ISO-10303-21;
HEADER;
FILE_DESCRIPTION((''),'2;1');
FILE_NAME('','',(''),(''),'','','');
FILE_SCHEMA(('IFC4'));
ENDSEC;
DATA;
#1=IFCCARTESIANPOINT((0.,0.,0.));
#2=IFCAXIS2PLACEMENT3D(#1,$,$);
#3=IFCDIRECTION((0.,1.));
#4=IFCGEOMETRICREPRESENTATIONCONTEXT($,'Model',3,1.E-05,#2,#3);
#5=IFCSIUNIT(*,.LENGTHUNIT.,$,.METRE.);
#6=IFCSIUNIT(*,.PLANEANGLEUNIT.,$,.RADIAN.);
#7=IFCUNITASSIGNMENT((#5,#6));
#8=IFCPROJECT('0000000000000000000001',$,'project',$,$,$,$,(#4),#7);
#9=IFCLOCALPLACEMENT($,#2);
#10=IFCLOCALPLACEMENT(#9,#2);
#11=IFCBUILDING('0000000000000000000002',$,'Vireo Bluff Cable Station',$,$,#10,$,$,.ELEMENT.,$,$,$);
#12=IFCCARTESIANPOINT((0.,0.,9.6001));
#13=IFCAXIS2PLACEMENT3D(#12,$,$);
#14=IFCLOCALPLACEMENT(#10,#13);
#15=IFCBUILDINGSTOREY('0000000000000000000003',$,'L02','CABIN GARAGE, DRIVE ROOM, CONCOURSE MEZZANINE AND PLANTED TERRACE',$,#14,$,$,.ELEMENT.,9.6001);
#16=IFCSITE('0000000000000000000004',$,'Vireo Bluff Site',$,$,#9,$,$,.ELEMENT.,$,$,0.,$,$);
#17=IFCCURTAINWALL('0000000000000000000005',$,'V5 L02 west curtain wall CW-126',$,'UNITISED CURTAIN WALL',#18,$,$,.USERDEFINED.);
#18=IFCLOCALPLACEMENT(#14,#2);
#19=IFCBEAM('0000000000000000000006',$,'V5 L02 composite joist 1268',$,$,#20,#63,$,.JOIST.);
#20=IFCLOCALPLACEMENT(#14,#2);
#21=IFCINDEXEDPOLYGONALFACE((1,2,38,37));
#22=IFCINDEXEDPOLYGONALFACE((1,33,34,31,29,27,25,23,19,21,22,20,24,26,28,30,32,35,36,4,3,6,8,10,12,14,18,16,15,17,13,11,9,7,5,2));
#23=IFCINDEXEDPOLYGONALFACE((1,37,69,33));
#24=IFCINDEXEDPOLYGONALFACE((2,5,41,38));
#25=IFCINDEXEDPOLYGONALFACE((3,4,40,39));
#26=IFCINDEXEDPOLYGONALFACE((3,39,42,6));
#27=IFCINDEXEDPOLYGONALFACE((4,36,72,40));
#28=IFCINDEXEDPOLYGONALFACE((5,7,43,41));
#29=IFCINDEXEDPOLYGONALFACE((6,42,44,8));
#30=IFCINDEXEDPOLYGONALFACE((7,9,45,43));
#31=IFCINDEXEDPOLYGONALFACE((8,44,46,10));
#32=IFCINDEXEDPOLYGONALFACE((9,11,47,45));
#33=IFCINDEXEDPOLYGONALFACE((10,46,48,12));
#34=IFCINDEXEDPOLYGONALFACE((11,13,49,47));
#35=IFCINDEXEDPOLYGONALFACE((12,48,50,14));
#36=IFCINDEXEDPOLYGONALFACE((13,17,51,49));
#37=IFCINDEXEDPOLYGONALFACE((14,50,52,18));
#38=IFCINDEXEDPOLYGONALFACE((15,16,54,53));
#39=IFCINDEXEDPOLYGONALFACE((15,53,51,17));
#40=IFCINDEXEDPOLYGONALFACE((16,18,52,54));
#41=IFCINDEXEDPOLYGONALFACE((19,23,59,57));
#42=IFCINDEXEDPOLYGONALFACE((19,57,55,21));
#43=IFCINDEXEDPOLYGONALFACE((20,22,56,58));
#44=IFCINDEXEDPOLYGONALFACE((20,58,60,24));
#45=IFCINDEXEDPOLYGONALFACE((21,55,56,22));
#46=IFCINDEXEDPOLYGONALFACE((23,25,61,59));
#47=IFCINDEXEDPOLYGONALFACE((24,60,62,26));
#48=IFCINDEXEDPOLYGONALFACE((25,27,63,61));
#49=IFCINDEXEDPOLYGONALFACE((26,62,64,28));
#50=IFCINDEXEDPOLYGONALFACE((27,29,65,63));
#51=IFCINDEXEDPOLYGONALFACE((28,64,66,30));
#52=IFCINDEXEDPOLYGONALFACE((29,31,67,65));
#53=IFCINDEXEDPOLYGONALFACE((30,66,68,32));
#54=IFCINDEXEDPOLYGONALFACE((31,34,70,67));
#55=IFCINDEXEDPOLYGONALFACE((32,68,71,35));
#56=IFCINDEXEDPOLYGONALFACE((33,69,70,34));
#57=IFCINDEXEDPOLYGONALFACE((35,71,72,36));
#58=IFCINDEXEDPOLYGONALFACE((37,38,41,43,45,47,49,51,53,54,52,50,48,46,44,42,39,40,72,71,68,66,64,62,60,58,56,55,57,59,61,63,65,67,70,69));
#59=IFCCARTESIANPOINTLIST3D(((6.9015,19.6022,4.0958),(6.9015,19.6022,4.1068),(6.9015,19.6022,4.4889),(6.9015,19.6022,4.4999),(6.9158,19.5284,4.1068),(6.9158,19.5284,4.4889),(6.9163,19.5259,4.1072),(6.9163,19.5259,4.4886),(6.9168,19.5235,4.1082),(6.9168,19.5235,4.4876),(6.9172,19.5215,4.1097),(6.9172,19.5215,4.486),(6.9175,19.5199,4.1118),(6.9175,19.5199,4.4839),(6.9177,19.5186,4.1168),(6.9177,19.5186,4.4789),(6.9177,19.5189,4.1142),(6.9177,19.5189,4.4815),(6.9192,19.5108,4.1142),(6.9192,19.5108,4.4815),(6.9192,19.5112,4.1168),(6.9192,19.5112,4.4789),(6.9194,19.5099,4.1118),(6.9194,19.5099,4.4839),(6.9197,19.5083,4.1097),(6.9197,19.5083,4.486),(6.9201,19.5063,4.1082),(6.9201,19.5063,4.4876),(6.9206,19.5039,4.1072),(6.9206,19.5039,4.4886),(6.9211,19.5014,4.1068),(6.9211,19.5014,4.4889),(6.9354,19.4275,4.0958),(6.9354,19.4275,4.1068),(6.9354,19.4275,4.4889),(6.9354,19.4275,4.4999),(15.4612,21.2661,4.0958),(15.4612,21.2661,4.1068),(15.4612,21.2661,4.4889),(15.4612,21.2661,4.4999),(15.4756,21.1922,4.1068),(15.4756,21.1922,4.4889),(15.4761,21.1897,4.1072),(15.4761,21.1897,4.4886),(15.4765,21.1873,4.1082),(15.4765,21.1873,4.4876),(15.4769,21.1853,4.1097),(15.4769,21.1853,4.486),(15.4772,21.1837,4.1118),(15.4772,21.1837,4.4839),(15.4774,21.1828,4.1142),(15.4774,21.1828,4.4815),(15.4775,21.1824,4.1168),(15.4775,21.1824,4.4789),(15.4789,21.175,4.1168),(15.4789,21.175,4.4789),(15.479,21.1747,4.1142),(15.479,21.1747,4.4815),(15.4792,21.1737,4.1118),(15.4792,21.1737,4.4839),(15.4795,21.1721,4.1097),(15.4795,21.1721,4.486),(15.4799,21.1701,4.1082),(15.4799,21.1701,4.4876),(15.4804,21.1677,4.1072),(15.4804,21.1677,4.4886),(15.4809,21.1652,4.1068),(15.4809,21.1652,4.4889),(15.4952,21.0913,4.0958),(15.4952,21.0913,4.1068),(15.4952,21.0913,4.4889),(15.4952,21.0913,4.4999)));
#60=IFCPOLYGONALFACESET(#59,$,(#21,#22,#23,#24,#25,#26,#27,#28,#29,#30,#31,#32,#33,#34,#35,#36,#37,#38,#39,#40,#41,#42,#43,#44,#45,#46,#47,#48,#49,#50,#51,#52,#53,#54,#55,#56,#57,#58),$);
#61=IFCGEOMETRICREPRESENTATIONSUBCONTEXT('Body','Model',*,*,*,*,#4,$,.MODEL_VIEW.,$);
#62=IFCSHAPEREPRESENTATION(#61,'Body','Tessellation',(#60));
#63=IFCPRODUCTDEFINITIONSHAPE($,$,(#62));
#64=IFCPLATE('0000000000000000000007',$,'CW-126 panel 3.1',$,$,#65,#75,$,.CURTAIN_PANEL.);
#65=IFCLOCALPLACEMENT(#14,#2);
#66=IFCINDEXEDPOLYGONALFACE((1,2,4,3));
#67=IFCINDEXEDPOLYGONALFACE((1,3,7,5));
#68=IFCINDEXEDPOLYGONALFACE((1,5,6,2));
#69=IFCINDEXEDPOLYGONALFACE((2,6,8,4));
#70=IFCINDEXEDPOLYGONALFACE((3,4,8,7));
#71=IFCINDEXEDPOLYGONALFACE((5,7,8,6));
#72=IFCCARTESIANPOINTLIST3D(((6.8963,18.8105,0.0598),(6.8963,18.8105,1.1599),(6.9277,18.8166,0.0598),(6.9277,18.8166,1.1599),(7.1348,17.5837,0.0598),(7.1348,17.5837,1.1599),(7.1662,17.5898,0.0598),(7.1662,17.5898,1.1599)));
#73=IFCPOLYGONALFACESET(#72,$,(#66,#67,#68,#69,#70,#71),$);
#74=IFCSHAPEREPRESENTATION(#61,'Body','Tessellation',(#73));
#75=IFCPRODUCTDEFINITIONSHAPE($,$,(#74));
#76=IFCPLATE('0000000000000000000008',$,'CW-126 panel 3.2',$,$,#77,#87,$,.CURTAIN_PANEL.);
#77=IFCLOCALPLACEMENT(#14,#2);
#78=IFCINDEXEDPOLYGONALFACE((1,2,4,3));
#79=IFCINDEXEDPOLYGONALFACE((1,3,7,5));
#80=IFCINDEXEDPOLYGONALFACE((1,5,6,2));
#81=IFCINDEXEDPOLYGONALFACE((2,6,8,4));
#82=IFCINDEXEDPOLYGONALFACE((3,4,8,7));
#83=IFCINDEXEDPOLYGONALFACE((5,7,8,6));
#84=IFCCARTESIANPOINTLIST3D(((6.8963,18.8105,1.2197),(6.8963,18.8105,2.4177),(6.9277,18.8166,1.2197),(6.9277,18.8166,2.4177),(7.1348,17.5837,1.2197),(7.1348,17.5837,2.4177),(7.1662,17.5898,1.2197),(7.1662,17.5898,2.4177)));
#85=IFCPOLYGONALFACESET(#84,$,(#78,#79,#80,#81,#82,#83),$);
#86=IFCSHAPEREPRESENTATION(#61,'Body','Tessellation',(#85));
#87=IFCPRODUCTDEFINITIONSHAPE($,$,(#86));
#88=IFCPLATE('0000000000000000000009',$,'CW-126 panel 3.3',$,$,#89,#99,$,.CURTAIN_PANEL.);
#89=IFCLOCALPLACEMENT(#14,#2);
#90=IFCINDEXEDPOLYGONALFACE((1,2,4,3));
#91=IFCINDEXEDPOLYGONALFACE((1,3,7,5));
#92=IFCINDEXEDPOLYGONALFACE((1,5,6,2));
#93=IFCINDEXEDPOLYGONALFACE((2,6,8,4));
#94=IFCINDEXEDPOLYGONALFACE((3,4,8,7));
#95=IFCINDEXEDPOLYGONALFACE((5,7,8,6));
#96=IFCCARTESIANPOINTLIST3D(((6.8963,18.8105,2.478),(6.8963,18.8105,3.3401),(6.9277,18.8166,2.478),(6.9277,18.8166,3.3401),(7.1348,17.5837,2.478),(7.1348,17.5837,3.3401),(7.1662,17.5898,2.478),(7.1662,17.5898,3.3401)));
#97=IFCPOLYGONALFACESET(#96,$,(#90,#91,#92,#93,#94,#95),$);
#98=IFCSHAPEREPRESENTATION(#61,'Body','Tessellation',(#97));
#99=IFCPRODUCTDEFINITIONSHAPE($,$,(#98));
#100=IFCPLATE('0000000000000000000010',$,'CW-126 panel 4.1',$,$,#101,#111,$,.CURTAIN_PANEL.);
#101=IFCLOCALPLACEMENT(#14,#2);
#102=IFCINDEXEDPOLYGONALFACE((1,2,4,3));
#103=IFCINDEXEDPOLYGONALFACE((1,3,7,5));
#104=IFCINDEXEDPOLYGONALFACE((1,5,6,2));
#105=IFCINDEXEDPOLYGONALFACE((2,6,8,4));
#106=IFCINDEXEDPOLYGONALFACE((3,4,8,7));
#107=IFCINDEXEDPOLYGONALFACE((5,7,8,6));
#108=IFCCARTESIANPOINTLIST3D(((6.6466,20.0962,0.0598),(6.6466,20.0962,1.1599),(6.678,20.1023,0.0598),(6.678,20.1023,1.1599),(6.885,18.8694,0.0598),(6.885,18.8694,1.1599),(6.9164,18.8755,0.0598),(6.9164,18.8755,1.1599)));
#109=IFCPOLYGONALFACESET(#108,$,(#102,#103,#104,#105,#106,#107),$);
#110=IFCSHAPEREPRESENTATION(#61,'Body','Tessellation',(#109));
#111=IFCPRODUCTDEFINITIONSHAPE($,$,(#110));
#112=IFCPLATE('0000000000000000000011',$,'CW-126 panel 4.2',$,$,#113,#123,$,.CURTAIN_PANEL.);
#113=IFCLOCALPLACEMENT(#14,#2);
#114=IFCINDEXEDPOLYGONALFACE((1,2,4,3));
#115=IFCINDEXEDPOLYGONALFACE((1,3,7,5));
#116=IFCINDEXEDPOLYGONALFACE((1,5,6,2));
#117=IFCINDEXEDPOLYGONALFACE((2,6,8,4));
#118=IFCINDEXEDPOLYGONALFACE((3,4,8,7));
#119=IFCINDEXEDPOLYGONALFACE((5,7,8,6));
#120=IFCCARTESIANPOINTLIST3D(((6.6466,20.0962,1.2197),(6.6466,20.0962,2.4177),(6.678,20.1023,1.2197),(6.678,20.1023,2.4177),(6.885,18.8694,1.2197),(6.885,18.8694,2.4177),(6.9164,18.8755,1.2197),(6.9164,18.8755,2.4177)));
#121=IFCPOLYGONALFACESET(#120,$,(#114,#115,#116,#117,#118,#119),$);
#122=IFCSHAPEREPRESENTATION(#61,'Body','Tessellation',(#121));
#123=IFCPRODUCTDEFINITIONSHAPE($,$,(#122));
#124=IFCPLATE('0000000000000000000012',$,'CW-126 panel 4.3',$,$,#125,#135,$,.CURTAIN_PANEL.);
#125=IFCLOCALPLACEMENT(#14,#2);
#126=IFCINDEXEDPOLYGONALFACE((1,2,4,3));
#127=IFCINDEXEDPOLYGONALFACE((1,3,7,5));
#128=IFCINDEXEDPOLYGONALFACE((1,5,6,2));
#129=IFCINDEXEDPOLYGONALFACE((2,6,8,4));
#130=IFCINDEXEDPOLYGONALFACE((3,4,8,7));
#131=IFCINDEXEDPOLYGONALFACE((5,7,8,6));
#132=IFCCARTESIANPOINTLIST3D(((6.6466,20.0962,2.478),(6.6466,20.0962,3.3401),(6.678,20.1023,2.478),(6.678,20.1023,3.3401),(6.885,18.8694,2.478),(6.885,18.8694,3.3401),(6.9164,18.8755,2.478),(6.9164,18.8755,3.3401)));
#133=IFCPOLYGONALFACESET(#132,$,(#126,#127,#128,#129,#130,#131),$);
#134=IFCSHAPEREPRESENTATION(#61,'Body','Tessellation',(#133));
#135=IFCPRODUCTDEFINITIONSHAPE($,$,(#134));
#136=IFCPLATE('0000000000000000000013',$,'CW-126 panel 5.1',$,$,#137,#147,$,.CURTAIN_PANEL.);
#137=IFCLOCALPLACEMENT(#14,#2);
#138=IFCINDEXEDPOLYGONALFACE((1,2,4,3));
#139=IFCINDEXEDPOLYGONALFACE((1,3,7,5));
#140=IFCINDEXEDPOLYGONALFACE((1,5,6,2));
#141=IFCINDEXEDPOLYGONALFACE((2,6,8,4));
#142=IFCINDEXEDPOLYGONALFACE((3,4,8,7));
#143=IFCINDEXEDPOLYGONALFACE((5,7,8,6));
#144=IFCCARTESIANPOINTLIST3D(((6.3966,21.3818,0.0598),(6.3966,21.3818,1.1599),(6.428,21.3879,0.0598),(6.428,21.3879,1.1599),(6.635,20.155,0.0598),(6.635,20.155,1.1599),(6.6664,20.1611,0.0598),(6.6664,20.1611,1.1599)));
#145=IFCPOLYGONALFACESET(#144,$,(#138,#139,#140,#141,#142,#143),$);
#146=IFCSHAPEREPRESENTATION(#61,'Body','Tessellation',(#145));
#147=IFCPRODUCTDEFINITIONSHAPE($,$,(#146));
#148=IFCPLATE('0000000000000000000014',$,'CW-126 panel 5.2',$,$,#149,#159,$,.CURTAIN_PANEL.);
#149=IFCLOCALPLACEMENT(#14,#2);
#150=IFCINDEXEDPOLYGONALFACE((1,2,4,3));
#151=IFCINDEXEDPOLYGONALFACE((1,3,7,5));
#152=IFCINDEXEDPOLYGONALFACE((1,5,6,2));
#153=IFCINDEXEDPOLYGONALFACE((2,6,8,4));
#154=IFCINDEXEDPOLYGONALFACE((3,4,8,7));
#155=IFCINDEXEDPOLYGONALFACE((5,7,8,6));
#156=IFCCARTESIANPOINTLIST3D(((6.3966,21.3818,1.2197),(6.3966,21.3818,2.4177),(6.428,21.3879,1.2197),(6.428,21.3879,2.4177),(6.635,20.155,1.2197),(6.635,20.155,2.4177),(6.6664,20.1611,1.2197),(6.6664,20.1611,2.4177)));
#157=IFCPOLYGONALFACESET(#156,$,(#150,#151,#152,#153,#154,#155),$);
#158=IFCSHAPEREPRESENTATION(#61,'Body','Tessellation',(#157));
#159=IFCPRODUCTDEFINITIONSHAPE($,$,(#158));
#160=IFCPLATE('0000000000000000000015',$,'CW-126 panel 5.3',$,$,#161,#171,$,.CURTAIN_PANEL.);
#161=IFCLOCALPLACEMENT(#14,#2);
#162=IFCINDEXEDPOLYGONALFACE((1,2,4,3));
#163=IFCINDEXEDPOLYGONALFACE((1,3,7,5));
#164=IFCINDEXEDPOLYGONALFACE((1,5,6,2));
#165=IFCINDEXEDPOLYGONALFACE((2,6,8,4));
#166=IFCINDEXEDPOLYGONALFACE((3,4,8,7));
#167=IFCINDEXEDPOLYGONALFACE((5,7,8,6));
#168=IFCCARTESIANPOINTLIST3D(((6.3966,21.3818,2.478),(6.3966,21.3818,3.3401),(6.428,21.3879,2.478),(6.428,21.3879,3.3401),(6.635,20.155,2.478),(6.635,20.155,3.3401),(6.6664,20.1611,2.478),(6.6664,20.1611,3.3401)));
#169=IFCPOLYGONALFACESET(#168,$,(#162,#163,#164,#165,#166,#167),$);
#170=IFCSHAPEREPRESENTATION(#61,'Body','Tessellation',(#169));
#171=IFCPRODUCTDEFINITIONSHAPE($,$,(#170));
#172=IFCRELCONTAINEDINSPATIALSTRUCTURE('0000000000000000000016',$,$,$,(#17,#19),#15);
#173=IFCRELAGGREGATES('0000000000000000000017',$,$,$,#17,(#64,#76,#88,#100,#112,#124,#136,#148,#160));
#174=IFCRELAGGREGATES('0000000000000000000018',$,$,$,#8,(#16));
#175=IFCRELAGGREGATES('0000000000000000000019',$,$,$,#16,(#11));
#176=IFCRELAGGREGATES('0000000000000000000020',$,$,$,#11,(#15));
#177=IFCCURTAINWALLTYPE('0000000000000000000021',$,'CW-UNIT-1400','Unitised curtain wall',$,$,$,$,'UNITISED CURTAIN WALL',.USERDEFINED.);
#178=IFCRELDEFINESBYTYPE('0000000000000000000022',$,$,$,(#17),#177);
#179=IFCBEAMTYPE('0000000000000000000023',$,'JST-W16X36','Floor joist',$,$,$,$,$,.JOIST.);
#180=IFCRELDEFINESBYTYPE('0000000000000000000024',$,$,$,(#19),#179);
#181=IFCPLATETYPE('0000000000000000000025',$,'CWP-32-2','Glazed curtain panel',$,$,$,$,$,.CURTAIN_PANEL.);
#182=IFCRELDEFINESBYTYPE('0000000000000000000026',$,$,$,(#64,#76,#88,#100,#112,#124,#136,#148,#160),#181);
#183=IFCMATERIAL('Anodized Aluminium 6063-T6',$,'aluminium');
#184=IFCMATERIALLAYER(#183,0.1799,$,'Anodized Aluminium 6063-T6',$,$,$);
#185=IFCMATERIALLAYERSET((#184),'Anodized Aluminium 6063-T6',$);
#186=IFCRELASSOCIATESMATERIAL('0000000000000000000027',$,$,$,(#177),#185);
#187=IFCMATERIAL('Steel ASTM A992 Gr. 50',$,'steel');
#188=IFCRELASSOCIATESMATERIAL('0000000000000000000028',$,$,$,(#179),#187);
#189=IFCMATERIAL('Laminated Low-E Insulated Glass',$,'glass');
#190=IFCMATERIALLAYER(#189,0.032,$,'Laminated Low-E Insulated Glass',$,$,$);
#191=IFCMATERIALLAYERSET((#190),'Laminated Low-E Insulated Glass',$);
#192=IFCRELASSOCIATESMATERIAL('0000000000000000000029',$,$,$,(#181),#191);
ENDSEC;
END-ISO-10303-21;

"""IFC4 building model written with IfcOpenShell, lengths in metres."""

from ifc_helpers import new_model, si_unit, direction, frame, origin, origin_2d, place, context, subcontext, project, spatial, rectangle, i_section, extrude, material, layer, layer_set, material_profile, profile_set, type_object, element, aggregate, save


model = new_model("IFC4")

# Units and contexts
model_context = context("Model", 3, precision=1e-05, world=origin(), true_north=direction((0.0, 1.0)))
body_context = subcontext(model_context, "Body", "Model", "MODEL_VIEW")
ifc_project = project(units=[si_unit("LENGTHUNIT", "METRE"), si_unit("PLANEANGLEUNIT", "RADIAN")], contexts=[model_context])

# Site, building, storey
site_placement = place(None, origin())
site = spatial("IfcSite", under=ifc_project, at=site_placement, Name="Vireo Bluff Site", CompositionType="ELEMENT", RefElevation=0.0)
building_placement = place(site_placement, origin())
building = spatial("IfcBuilding", under=site, at=building_placement, Name="Vireo Bluff Cable Station", CompositionType="ELEMENT")
storey_placement = place(building_placement, frame((0.0, 0.0, 9.6001)))
storey = spatial("IfcBuildingStorey", under=building, at=storey_placement, Name="L02", Description="CABIN GARAGE, DRIVE ROOM, CONCOURSE MEZZANINE AND PLANTED TERRACE", CompositionType="ELEMENT", Elevation=9.6001)

# Curtain wall
ifc_material_1 = material(Name="Anodized Aluminium 6063-T6", Category="aluminium")
ifc_layer_1 = layer(ifc_material_1, 0.1799, Name="Anodized Aluminium 6063-T6")
ifc_layer_set_1 = layer_set([ifc_layer_1], Name="Anodized Aluminium 6063-T6")
curtain_wall_type = type_object("IfcCurtainWallType", Name="CW-UNIT-1400", Description="Unitised curtain wall", ElementType="UNITISED CURTAIN WALL", PredefinedType="USERDEFINED", material=ifc_layer_set_1)
curtain_wall_placement = place(storey_placement, origin())
curtain_wall = element("IfcCurtainWall", 1, at=curtain_wall_placement, inside=storey, type_object=curtain_wall_type, Name="V5 L02 west curtain wall CW-126", ObjectType="UNITISED CURTAIN WALL", PredefinedType="USERDEFINED")

# Beam
ifc_material_2 = material(Name="Steel ASTM A992 Gr. 50", Category="steel")
ifc_material_profile_1 = material_profile(ifc_material_2, i_section(OverallWidth=0.178, OverallDepth=0.4041, WebThickness=0.0076, FlangeThickness=0.011, FilletRadius=0.01, at=origin_2d()), Name="W16X36")
ifc_profile_set_1 = profile_set([ifc_material_profile_1], Name="Steel ASTM A992 Gr. 50")
beam_type = type_object("IfcBeamType", Name="JST-W16X36", Description="Floor joist", PredefinedType="JOIST", material=ifc_profile_set_1)
beam_placement = place(storey_placement, frame((6.9185, 19.5149, 4.2979), z_axis=(0.981628, 0.190804, 0.0), x_axis=(-0.190804, 0.981628, 0.0)))
element("IfcBeam", 2, at=beam_placement, inside=storey, type_object=beam_type, Name="V5 L02 composite joist 1268", PredefinedType="JOIST", context=body_context, shape_type="SweptSolid", body=[
    extrude(i_section(OverallWidth=0.178, OverallDepth=0.4041, WebThickness=0.0076, FlangeThickness=0.011, FilletRadius=0.01, at=origin_2d()), origin(), (0.0, 0.0, 1.0), 8.72),
])

# Plates
ifc_material_3 = material(Name="Laminated Low-E Insulated Glass", Category="glass")
ifc_layer_2 = layer(ifc_material_3, 0.032, Name="Laminated Low-E Insulated Glass")
ifc_layer_set_2 = layer_set([ifc_layer_2], Name="Laminated Low-E Insulated Glass")
plate_type = type_object("IfcPlateType", Name="CWP-32-2", Description="Glazed curtain panel", PredefinedType="CURTAIN_PANEL", material=ifc_layer_set_2)
plate_1_placement = place(storey_placement, frame((7.0312, 18.2002, 0.0598), z_axis=(0.0, 0.0, 1.0), x_axis=(-0.190809, 0.981627, 0.0)))
plate_1 = element("IfcPlate", 3, at=plate_1_placement, type_object=plate_type, Name="CW-126 panel 3.1", PredefinedType="CURTAIN_PANEL", context=body_context, shape_type="SweptSolid", body=[
    extrude(rectangle(XDim=1.2498, YDim=0.032, at=origin_2d()), origin(), (0.0, 0.0, 1.0), 1.1001),
])
plate_2_placement = place(storey_placement, frame((7.0312, 18.2002, 1.2197), z_axis=(0.0, 0.0, 1.0), x_axis=(-0.190809, 0.981627, 0.0)))
plate_2 = element("IfcPlate", 4, at=plate_2_placement, type_object=plate_type, Name="CW-126 panel 3.2", PredefinedType="CURTAIN_PANEL", context=body_context, shape_type="SweptSolid", body=[
    extrude(rectangle(XDim=1.2498, YDim=0.032, at=origin_2d()), origin(), (0.0, 0.0, 1.0), 1.198),
])
plate_3_placement = place(storey_placement, frame((7.0312, 18.2002, 2.478), z_axis=(0.0, 0.0, 1.0), x_axis=(-0.190809, 0.981627, 0.0)))
plate_3 = element("IfcPlate", 5, at=plate_3_placement, type_object=plate_type, Name="CW-126 panel 3.3", PredefinedType="CURTAIN_PANEL", context=body_context, shape_type="SweptSolid", body=[
    extrude(rectangle(XDim=1.2498, YDim=0.032, at=origin_2d()), origin(), (0.0, 0.0, 1.0), 0.8621),
])
plate_4_placement = place(storey_placement, frame((6.7815, 19.4858, 0.0598), z_axis=(0.0, 0.0, 1.0), x_axis=(-0.190809, 0.981627, 0.0)))
plate_4 = element("IfcPlate", 6, at=plate_4_placement, type_object=plate_type, Name="CW-126 panel 4.1", PredefinedType="CURTAIN_PANEL", context=body_context, shape_type="SweptSolid", body=[
    extrude(rectangle(XDim=1.2498, YDim=0.032, at=origin_2d()), origin(), (0.0, 0.0, 1.0), 1.1001),
])
plate_5_placement = place(storey_placement, frame((6.7815, 19.4858, 1.2197), z_axis=(0.0, 0.0, 1.0), x_axis=(-0.190809, 0.981627, 0.0)))
plate_5 = element("IfcPlate", 7, at=plate_5_placement, type_object=plate_type, Name="CW-126 panel 4.2", PredefinedType="CURTAIN_PANEL", context=body_context, shape_type="SweptSolid", body=[
    extrude(rectangle(XDim=1.2498, YDim=0.032, at=origin_2d()), origin(), (0.0, 0.0, 1.0), 1.198),
])
plate_6_placement = place(storey_placement, frame((6.7815, 19.4858, 2.478), z_axis=(0.0, 0.0, 1.0), x_axis=(-0.190809, 0.981627, 0.0)))
plate_6 = element("IfcPlate", 8, at=plate_6_placement, type_object=plate_type, Name="CW-126 panel 4.3", PredefinedType="CURTAIN_PANEL", context=body_context, shape_type="SweptSolid", body=[
    extrude(rectangle(XDim=1.2498, YDim=0.032, at=origin_2d()), origin(), (0.0, 0.0, 1.0), 0.8621),
])
plate_7_placement = place(storey_placement, frame((6.5315, 20.7715, 0.0598), z_axis=(0.0, 0.0, 1.0), x_axis=(-0.190809, 0.981627, 0.0)))
plate_7 = element("IfcPlate", 9, at=plate_7_placement, type_object=plate_type, Name="CW-126 panel 5.1", PredefinedType="CURTAIN_PANEL", context=body_context, shape_type="SweptSolid", body=[
    extrude(rectangle(XDim=1.2498, YDim=0.032, at=origin_2d()), origin(), (0.0, 0.0, 1.0), 1.1001),
])
plate_8_placement = place(storey_placement, frame((6.5315, 20.7715, 1.2197), z_axis=(0.0, 0.0, 1.0), x_axis=(-0.190809, 0.981627, 0.0)))
plate_8 = element("IfcPlate", 10, at=plate_8_placement, type_object=plate_type, Name="CW-126 panel 5.2", PredefinedType="CURTAIN_PANEL", context=body_context, shape_type="SweptSolid", body=[
    extrude(rectangle(XDim=1.2498, YDim=0.032, at=origin_2d()), origin(), (0.0, 0.0, 1.0), 1.198),
])
plate_9_placement = place(storey_placement, frame((6.5315, 20.7715, 2.478), z_axis=(0.0, 0.0, 1.0), x_axis=(-0.190809, 0.981627, 0.0)))
plate_9 = element("IfcPlate", 11, at=plate_9_placement, type_object=plate_type, Name="CW-126 panel 5.3", PredefinedType="CURTAIN_PANEL", context=body_context, shape_type="SweptSolid", body=[
    extrude(rectangle(XDim=1.2498, YDim=0.032, at=origin_2d()), origin(), (0.0, 0.0, 1.0), 0.8621),
])
aggregate(curtain_wall, [plate_1, plate_2, plate_3, plate_4, plate_5, plate_6, plate_7, plate_8, plate_9])

save(model, "model.ifc")
